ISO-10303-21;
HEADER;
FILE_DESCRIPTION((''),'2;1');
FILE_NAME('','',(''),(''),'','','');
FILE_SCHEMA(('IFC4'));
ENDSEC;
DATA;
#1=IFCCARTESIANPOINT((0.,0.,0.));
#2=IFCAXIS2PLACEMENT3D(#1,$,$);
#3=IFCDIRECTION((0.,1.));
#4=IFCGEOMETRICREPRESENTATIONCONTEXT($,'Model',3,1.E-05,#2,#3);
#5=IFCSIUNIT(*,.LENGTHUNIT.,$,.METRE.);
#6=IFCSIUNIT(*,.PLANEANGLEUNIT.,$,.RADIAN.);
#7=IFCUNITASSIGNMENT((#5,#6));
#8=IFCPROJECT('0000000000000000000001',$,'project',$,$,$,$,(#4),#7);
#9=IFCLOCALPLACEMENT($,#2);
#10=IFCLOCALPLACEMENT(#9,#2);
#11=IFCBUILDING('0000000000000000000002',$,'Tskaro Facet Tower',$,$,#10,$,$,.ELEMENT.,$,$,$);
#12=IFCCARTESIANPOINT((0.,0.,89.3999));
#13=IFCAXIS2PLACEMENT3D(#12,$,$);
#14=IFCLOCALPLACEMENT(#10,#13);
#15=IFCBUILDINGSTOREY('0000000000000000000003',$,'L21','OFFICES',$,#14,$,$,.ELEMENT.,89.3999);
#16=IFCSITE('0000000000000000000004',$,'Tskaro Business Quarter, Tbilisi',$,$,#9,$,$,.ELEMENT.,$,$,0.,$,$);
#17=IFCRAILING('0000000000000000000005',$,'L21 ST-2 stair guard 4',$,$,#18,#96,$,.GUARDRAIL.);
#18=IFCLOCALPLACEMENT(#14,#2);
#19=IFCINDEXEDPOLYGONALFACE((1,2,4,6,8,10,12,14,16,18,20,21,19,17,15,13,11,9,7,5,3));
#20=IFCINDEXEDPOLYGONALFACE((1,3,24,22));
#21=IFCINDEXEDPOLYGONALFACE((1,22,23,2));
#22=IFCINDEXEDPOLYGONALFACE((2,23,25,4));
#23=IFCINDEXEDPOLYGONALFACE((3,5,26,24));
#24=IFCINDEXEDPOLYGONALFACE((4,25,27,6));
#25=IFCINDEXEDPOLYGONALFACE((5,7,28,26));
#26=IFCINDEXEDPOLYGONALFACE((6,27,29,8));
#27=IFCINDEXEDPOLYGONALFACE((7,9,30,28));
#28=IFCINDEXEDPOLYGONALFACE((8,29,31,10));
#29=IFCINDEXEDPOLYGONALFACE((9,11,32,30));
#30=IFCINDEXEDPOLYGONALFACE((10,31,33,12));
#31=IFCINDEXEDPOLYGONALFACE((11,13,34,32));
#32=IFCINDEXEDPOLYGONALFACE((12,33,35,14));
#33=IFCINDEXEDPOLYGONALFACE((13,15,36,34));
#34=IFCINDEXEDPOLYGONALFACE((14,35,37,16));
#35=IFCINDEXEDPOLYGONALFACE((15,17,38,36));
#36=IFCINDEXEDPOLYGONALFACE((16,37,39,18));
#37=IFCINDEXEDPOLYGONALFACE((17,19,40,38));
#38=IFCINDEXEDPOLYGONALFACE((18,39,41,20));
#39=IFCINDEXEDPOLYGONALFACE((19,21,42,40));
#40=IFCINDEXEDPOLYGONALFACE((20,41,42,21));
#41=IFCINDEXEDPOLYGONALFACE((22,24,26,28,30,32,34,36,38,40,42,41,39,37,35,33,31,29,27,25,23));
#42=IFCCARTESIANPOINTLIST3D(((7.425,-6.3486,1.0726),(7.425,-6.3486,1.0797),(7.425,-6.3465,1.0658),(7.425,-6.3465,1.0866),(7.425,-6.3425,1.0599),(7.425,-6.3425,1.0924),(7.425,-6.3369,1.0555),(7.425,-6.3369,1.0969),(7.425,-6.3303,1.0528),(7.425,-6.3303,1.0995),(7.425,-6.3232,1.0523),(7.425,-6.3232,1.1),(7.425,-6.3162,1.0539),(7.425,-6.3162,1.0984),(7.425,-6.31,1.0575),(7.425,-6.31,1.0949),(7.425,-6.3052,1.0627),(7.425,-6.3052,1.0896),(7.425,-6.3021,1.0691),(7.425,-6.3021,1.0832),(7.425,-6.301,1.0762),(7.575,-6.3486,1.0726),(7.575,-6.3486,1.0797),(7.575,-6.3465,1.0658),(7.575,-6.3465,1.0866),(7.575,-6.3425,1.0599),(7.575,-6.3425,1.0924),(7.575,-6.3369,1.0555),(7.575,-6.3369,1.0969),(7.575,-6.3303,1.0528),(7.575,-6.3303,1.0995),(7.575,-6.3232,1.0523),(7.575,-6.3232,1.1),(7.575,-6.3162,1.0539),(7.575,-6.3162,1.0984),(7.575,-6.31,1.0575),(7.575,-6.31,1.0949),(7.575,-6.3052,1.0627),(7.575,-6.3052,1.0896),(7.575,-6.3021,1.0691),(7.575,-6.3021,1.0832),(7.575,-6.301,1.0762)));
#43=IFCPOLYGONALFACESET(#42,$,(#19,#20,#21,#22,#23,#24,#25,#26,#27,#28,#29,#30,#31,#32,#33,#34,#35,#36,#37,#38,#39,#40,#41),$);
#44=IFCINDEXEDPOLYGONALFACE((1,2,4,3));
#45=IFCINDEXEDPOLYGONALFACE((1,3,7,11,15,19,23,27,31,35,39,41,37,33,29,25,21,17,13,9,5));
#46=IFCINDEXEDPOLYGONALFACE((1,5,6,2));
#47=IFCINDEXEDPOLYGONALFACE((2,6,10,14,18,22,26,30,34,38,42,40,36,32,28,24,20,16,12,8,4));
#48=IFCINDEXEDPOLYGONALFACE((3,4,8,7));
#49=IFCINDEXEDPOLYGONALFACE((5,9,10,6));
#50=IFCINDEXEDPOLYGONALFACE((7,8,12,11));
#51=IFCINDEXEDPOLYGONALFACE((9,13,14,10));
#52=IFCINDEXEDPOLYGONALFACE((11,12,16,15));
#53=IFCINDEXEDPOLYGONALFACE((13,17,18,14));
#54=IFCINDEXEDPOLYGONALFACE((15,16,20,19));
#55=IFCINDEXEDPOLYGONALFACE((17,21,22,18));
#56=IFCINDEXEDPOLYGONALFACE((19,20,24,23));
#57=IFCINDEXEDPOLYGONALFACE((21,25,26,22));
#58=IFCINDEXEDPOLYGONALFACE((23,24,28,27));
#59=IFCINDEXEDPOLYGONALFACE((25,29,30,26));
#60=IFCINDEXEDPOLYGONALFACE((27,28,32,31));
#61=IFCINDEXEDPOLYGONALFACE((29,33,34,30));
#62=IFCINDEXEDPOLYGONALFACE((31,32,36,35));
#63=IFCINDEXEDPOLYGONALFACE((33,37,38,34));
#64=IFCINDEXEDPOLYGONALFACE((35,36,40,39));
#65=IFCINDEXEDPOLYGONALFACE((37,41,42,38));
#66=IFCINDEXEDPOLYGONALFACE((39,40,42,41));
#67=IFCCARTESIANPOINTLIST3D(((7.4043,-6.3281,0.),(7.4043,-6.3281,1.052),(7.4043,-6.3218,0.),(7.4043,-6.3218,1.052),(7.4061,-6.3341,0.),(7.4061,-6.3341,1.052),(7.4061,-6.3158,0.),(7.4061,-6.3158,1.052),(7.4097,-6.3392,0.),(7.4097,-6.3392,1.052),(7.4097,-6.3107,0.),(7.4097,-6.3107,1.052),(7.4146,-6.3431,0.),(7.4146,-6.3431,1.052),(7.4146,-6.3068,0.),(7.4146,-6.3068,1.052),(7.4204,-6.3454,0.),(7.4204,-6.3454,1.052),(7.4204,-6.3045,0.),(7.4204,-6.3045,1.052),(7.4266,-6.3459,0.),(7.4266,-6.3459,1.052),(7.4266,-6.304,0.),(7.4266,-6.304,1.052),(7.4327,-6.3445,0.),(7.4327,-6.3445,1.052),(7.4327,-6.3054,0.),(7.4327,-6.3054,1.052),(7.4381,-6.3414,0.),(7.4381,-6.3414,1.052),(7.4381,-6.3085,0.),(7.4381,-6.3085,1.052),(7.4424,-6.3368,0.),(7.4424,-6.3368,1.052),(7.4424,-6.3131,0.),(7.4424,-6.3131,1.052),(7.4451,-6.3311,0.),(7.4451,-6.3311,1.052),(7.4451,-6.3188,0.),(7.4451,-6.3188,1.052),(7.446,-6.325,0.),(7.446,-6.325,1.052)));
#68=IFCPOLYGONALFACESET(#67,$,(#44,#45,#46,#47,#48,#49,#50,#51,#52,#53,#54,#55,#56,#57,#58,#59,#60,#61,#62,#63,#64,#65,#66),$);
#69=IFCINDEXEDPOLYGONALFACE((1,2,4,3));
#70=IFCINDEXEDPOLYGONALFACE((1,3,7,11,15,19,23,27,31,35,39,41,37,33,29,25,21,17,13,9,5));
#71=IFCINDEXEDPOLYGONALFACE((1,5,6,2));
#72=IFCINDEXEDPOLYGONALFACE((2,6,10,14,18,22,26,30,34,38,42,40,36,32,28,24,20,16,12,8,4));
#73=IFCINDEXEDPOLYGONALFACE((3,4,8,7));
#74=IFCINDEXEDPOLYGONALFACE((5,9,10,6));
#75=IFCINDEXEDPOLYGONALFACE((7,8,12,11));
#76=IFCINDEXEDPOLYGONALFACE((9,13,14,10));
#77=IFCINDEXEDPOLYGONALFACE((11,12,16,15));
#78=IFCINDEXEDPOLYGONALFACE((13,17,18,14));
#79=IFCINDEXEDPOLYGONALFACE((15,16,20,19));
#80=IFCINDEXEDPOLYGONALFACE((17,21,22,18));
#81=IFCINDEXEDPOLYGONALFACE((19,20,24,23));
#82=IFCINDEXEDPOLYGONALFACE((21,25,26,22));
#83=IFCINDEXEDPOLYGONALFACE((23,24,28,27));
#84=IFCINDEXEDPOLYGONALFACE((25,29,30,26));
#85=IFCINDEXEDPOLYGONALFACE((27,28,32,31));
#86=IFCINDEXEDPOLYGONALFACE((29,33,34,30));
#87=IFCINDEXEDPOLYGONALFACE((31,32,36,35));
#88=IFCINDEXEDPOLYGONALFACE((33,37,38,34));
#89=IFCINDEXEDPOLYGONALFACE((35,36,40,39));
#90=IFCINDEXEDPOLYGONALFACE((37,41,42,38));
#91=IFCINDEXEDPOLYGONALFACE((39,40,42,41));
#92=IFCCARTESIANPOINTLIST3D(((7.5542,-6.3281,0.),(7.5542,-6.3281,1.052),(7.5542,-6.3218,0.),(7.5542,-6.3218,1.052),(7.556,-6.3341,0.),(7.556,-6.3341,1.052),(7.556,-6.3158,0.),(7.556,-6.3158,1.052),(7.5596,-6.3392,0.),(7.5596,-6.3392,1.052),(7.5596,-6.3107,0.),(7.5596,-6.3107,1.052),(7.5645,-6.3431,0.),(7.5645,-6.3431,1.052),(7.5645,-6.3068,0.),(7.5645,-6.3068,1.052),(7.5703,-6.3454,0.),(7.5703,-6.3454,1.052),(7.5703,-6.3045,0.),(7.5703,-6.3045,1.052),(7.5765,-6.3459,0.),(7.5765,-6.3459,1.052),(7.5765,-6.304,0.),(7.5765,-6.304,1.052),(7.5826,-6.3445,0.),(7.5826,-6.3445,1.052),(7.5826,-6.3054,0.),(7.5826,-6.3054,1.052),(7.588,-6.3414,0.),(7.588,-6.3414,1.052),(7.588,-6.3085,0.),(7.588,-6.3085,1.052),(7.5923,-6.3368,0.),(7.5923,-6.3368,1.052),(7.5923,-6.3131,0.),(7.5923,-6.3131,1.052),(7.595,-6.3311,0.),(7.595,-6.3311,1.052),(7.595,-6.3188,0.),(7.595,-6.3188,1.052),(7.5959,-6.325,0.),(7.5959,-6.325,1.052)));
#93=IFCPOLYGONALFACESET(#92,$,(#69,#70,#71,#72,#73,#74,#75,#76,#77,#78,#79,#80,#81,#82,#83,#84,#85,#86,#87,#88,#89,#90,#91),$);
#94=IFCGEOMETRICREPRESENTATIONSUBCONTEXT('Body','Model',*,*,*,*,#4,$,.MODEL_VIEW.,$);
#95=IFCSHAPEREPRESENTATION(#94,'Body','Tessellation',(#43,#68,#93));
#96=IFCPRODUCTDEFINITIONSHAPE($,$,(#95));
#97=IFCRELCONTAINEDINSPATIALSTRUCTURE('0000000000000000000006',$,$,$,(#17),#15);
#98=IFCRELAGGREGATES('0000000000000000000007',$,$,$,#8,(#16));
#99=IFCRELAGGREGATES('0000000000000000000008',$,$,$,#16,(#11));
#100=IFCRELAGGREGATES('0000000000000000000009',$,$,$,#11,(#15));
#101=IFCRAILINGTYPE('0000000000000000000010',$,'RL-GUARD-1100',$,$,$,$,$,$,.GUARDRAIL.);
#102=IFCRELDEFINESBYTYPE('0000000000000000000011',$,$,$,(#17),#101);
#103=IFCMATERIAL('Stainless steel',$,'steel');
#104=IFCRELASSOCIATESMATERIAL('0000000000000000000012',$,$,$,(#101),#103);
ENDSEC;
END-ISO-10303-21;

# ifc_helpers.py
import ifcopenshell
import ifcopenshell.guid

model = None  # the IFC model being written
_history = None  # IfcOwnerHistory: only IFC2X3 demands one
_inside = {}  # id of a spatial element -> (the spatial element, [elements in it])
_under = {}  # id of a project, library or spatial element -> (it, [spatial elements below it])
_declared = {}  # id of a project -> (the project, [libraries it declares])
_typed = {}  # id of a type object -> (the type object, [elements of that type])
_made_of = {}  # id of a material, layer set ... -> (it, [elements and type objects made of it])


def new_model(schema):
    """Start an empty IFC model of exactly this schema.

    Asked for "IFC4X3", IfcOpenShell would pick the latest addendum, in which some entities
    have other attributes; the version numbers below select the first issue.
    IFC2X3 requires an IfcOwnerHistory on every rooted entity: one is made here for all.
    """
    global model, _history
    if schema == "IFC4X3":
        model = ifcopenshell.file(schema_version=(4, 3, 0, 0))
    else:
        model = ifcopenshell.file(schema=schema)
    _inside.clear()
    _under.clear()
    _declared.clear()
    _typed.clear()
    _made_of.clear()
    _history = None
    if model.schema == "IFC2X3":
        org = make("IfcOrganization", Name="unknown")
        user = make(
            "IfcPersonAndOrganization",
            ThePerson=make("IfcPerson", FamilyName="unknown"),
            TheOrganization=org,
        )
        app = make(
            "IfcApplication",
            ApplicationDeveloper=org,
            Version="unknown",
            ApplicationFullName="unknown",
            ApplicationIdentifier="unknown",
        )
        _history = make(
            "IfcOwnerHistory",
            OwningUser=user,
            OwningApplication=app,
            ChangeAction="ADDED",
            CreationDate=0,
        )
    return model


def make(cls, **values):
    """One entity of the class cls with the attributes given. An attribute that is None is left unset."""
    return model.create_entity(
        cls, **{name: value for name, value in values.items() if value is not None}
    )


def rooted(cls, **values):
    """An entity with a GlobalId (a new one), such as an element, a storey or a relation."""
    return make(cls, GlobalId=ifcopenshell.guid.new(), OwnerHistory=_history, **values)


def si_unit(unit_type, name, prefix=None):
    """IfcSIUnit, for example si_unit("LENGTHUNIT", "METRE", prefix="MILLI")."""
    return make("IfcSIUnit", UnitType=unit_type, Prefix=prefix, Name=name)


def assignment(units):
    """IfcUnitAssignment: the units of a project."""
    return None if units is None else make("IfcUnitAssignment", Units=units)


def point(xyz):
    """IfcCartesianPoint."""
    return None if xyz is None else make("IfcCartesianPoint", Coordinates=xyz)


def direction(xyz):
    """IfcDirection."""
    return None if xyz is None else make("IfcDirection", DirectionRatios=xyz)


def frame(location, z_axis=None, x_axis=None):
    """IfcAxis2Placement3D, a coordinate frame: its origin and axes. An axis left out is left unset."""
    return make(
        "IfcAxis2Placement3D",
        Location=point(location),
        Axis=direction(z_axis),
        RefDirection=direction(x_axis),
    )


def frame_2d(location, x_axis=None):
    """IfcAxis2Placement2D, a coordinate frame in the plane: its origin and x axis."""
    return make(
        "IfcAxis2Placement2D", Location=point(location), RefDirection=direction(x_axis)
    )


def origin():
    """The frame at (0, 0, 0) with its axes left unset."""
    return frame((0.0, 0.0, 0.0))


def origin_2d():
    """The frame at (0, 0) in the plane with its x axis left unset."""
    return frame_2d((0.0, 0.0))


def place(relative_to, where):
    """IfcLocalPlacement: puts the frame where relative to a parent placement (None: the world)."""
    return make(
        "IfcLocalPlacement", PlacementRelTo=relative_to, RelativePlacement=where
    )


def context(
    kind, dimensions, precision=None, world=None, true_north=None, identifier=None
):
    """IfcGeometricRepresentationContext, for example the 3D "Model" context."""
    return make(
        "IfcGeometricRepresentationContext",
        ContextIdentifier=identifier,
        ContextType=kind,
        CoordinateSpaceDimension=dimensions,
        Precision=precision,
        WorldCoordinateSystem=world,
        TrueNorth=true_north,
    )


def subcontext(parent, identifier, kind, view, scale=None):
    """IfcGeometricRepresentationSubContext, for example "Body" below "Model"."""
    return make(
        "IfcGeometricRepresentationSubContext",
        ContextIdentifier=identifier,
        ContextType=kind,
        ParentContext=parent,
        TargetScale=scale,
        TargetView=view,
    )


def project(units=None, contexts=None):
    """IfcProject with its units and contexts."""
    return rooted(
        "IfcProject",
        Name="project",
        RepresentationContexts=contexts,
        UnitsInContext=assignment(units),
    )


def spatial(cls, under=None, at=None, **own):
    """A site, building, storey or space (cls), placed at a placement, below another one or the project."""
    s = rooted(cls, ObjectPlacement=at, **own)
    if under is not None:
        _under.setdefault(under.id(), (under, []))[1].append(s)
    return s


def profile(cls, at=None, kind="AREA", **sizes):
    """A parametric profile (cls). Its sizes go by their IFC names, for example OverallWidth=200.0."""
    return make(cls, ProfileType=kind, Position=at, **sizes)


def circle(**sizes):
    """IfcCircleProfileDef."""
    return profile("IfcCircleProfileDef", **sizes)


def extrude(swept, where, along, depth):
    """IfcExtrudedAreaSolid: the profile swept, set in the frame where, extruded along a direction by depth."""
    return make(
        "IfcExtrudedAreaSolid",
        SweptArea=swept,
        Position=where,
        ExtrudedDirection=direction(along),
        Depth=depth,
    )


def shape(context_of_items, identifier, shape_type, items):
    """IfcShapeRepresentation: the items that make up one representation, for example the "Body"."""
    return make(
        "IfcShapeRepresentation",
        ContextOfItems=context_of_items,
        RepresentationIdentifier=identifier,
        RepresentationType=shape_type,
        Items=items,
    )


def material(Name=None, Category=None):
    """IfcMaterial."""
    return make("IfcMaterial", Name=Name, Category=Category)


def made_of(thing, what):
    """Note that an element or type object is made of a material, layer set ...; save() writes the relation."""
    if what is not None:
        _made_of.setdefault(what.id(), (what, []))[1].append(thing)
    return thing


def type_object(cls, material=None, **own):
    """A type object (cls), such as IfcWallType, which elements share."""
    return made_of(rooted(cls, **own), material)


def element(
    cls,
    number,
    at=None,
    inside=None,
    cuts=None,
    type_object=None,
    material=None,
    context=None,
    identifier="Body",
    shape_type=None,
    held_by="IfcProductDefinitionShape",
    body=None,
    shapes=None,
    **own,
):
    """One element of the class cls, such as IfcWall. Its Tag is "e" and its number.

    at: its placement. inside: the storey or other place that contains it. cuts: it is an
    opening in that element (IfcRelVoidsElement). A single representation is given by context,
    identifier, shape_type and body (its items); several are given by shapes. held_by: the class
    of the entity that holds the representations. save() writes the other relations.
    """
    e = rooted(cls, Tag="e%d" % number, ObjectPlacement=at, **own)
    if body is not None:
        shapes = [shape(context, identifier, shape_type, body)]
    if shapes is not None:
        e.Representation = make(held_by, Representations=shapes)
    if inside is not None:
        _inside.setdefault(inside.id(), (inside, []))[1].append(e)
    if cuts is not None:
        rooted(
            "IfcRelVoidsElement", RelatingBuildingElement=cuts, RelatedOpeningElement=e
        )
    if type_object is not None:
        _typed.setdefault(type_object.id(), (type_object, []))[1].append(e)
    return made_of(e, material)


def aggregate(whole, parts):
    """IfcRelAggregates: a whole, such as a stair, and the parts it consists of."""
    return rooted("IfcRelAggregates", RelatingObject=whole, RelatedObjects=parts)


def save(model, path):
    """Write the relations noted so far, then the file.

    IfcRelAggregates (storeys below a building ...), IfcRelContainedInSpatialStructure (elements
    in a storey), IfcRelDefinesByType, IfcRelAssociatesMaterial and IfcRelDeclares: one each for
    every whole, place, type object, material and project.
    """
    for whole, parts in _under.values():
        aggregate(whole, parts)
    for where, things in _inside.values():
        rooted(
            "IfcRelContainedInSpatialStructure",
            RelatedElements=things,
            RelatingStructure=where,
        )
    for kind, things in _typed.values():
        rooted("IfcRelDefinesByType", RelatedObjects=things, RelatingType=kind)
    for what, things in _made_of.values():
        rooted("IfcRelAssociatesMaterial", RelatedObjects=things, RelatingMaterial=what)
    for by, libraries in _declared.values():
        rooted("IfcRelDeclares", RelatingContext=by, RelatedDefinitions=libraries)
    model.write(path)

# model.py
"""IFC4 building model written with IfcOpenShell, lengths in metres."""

from ifc_helpers import new_model, si_unit, direction, frame, origin, origin_2d, place, context, subcontext, project, spatial, circle, extrude, material, type_object, element, save


model = new_model("IFC4")

# Units and contexts
model_context = context("Model", 3, precision=1e-05, world=origin(), true_north=direction((0.0, 1.0)))
body_context = subcontext(model_context, "Body", "Model", "MODEL_VIEW")
ifc_project = project(units=[si_unit("LENGTHUNIT", "METRE"), si_unit("PLANEANGLEUNIT", "RADIAN")], contexts=[model_context])

# Site, building, storey
site_placement = place(None, origin())
site = spatial("IfcSite", under=ifc_project, at=site_placement, Name="Tskaro Business Quarter, Tbilisi", CompositionType="ELEMENT", RefElevation=0.0)
building_placement = place(site_placement, origin())
building = spatial("IfcBuilding", under=site, at=building_placement, Name="Tskaro Facet Tower", CompositionType="ELEMENT")
storey_placement = place(building_placement, frame((0.0, 0.0, 89.3999)))
storey = spatial("IfcBuildingStorey", under=building, at=storey_placement, Name="L21", Description="OFFICES", CompositionType="ELEMENT", Elevation=89.3999)

# Railing
ifc_material_1 = material(Name="Stainless steel", Category="steel")
railing_type_1 = type_object("IfcRailingType", Name="RL-GUARD-1100", PredefinedType="GUARDRAIL", material=ifc_material_1)
railing_1_placement = place(storey_placement, frame((7.425, -6.325, 0.0)))
element("IfcRailing", 1, at=railing_1_placement, inside=storey, type_object=railing_type_1, Name="L21 ST-2 stair guard 4", PredefinedType="GUARDRAIL", context=body_context, shape_type="SweptSolid", body=[
    extrude(circle(Radius=0.0239, at=origin_2d()), frame((0.0, 0.0, 1.0762), z_axis=(1.0, 0.0, 0.0), x_axis=(0.0, 1.0, 0.0)), (0.0, 0.0, 1.0), 0.1499),
    extrude(circle(Radius=0.021, at=origin_2d()), origin(), (0.0, 0.0, 1.0), 1.052),
    extrude(circle(Radius=0.021, at=origin_2d()), frame((0.1499, 0.0, 0.0)), (0.0, 0.0, 1.0), 1.052),
])

save(model, "model.ifc")
